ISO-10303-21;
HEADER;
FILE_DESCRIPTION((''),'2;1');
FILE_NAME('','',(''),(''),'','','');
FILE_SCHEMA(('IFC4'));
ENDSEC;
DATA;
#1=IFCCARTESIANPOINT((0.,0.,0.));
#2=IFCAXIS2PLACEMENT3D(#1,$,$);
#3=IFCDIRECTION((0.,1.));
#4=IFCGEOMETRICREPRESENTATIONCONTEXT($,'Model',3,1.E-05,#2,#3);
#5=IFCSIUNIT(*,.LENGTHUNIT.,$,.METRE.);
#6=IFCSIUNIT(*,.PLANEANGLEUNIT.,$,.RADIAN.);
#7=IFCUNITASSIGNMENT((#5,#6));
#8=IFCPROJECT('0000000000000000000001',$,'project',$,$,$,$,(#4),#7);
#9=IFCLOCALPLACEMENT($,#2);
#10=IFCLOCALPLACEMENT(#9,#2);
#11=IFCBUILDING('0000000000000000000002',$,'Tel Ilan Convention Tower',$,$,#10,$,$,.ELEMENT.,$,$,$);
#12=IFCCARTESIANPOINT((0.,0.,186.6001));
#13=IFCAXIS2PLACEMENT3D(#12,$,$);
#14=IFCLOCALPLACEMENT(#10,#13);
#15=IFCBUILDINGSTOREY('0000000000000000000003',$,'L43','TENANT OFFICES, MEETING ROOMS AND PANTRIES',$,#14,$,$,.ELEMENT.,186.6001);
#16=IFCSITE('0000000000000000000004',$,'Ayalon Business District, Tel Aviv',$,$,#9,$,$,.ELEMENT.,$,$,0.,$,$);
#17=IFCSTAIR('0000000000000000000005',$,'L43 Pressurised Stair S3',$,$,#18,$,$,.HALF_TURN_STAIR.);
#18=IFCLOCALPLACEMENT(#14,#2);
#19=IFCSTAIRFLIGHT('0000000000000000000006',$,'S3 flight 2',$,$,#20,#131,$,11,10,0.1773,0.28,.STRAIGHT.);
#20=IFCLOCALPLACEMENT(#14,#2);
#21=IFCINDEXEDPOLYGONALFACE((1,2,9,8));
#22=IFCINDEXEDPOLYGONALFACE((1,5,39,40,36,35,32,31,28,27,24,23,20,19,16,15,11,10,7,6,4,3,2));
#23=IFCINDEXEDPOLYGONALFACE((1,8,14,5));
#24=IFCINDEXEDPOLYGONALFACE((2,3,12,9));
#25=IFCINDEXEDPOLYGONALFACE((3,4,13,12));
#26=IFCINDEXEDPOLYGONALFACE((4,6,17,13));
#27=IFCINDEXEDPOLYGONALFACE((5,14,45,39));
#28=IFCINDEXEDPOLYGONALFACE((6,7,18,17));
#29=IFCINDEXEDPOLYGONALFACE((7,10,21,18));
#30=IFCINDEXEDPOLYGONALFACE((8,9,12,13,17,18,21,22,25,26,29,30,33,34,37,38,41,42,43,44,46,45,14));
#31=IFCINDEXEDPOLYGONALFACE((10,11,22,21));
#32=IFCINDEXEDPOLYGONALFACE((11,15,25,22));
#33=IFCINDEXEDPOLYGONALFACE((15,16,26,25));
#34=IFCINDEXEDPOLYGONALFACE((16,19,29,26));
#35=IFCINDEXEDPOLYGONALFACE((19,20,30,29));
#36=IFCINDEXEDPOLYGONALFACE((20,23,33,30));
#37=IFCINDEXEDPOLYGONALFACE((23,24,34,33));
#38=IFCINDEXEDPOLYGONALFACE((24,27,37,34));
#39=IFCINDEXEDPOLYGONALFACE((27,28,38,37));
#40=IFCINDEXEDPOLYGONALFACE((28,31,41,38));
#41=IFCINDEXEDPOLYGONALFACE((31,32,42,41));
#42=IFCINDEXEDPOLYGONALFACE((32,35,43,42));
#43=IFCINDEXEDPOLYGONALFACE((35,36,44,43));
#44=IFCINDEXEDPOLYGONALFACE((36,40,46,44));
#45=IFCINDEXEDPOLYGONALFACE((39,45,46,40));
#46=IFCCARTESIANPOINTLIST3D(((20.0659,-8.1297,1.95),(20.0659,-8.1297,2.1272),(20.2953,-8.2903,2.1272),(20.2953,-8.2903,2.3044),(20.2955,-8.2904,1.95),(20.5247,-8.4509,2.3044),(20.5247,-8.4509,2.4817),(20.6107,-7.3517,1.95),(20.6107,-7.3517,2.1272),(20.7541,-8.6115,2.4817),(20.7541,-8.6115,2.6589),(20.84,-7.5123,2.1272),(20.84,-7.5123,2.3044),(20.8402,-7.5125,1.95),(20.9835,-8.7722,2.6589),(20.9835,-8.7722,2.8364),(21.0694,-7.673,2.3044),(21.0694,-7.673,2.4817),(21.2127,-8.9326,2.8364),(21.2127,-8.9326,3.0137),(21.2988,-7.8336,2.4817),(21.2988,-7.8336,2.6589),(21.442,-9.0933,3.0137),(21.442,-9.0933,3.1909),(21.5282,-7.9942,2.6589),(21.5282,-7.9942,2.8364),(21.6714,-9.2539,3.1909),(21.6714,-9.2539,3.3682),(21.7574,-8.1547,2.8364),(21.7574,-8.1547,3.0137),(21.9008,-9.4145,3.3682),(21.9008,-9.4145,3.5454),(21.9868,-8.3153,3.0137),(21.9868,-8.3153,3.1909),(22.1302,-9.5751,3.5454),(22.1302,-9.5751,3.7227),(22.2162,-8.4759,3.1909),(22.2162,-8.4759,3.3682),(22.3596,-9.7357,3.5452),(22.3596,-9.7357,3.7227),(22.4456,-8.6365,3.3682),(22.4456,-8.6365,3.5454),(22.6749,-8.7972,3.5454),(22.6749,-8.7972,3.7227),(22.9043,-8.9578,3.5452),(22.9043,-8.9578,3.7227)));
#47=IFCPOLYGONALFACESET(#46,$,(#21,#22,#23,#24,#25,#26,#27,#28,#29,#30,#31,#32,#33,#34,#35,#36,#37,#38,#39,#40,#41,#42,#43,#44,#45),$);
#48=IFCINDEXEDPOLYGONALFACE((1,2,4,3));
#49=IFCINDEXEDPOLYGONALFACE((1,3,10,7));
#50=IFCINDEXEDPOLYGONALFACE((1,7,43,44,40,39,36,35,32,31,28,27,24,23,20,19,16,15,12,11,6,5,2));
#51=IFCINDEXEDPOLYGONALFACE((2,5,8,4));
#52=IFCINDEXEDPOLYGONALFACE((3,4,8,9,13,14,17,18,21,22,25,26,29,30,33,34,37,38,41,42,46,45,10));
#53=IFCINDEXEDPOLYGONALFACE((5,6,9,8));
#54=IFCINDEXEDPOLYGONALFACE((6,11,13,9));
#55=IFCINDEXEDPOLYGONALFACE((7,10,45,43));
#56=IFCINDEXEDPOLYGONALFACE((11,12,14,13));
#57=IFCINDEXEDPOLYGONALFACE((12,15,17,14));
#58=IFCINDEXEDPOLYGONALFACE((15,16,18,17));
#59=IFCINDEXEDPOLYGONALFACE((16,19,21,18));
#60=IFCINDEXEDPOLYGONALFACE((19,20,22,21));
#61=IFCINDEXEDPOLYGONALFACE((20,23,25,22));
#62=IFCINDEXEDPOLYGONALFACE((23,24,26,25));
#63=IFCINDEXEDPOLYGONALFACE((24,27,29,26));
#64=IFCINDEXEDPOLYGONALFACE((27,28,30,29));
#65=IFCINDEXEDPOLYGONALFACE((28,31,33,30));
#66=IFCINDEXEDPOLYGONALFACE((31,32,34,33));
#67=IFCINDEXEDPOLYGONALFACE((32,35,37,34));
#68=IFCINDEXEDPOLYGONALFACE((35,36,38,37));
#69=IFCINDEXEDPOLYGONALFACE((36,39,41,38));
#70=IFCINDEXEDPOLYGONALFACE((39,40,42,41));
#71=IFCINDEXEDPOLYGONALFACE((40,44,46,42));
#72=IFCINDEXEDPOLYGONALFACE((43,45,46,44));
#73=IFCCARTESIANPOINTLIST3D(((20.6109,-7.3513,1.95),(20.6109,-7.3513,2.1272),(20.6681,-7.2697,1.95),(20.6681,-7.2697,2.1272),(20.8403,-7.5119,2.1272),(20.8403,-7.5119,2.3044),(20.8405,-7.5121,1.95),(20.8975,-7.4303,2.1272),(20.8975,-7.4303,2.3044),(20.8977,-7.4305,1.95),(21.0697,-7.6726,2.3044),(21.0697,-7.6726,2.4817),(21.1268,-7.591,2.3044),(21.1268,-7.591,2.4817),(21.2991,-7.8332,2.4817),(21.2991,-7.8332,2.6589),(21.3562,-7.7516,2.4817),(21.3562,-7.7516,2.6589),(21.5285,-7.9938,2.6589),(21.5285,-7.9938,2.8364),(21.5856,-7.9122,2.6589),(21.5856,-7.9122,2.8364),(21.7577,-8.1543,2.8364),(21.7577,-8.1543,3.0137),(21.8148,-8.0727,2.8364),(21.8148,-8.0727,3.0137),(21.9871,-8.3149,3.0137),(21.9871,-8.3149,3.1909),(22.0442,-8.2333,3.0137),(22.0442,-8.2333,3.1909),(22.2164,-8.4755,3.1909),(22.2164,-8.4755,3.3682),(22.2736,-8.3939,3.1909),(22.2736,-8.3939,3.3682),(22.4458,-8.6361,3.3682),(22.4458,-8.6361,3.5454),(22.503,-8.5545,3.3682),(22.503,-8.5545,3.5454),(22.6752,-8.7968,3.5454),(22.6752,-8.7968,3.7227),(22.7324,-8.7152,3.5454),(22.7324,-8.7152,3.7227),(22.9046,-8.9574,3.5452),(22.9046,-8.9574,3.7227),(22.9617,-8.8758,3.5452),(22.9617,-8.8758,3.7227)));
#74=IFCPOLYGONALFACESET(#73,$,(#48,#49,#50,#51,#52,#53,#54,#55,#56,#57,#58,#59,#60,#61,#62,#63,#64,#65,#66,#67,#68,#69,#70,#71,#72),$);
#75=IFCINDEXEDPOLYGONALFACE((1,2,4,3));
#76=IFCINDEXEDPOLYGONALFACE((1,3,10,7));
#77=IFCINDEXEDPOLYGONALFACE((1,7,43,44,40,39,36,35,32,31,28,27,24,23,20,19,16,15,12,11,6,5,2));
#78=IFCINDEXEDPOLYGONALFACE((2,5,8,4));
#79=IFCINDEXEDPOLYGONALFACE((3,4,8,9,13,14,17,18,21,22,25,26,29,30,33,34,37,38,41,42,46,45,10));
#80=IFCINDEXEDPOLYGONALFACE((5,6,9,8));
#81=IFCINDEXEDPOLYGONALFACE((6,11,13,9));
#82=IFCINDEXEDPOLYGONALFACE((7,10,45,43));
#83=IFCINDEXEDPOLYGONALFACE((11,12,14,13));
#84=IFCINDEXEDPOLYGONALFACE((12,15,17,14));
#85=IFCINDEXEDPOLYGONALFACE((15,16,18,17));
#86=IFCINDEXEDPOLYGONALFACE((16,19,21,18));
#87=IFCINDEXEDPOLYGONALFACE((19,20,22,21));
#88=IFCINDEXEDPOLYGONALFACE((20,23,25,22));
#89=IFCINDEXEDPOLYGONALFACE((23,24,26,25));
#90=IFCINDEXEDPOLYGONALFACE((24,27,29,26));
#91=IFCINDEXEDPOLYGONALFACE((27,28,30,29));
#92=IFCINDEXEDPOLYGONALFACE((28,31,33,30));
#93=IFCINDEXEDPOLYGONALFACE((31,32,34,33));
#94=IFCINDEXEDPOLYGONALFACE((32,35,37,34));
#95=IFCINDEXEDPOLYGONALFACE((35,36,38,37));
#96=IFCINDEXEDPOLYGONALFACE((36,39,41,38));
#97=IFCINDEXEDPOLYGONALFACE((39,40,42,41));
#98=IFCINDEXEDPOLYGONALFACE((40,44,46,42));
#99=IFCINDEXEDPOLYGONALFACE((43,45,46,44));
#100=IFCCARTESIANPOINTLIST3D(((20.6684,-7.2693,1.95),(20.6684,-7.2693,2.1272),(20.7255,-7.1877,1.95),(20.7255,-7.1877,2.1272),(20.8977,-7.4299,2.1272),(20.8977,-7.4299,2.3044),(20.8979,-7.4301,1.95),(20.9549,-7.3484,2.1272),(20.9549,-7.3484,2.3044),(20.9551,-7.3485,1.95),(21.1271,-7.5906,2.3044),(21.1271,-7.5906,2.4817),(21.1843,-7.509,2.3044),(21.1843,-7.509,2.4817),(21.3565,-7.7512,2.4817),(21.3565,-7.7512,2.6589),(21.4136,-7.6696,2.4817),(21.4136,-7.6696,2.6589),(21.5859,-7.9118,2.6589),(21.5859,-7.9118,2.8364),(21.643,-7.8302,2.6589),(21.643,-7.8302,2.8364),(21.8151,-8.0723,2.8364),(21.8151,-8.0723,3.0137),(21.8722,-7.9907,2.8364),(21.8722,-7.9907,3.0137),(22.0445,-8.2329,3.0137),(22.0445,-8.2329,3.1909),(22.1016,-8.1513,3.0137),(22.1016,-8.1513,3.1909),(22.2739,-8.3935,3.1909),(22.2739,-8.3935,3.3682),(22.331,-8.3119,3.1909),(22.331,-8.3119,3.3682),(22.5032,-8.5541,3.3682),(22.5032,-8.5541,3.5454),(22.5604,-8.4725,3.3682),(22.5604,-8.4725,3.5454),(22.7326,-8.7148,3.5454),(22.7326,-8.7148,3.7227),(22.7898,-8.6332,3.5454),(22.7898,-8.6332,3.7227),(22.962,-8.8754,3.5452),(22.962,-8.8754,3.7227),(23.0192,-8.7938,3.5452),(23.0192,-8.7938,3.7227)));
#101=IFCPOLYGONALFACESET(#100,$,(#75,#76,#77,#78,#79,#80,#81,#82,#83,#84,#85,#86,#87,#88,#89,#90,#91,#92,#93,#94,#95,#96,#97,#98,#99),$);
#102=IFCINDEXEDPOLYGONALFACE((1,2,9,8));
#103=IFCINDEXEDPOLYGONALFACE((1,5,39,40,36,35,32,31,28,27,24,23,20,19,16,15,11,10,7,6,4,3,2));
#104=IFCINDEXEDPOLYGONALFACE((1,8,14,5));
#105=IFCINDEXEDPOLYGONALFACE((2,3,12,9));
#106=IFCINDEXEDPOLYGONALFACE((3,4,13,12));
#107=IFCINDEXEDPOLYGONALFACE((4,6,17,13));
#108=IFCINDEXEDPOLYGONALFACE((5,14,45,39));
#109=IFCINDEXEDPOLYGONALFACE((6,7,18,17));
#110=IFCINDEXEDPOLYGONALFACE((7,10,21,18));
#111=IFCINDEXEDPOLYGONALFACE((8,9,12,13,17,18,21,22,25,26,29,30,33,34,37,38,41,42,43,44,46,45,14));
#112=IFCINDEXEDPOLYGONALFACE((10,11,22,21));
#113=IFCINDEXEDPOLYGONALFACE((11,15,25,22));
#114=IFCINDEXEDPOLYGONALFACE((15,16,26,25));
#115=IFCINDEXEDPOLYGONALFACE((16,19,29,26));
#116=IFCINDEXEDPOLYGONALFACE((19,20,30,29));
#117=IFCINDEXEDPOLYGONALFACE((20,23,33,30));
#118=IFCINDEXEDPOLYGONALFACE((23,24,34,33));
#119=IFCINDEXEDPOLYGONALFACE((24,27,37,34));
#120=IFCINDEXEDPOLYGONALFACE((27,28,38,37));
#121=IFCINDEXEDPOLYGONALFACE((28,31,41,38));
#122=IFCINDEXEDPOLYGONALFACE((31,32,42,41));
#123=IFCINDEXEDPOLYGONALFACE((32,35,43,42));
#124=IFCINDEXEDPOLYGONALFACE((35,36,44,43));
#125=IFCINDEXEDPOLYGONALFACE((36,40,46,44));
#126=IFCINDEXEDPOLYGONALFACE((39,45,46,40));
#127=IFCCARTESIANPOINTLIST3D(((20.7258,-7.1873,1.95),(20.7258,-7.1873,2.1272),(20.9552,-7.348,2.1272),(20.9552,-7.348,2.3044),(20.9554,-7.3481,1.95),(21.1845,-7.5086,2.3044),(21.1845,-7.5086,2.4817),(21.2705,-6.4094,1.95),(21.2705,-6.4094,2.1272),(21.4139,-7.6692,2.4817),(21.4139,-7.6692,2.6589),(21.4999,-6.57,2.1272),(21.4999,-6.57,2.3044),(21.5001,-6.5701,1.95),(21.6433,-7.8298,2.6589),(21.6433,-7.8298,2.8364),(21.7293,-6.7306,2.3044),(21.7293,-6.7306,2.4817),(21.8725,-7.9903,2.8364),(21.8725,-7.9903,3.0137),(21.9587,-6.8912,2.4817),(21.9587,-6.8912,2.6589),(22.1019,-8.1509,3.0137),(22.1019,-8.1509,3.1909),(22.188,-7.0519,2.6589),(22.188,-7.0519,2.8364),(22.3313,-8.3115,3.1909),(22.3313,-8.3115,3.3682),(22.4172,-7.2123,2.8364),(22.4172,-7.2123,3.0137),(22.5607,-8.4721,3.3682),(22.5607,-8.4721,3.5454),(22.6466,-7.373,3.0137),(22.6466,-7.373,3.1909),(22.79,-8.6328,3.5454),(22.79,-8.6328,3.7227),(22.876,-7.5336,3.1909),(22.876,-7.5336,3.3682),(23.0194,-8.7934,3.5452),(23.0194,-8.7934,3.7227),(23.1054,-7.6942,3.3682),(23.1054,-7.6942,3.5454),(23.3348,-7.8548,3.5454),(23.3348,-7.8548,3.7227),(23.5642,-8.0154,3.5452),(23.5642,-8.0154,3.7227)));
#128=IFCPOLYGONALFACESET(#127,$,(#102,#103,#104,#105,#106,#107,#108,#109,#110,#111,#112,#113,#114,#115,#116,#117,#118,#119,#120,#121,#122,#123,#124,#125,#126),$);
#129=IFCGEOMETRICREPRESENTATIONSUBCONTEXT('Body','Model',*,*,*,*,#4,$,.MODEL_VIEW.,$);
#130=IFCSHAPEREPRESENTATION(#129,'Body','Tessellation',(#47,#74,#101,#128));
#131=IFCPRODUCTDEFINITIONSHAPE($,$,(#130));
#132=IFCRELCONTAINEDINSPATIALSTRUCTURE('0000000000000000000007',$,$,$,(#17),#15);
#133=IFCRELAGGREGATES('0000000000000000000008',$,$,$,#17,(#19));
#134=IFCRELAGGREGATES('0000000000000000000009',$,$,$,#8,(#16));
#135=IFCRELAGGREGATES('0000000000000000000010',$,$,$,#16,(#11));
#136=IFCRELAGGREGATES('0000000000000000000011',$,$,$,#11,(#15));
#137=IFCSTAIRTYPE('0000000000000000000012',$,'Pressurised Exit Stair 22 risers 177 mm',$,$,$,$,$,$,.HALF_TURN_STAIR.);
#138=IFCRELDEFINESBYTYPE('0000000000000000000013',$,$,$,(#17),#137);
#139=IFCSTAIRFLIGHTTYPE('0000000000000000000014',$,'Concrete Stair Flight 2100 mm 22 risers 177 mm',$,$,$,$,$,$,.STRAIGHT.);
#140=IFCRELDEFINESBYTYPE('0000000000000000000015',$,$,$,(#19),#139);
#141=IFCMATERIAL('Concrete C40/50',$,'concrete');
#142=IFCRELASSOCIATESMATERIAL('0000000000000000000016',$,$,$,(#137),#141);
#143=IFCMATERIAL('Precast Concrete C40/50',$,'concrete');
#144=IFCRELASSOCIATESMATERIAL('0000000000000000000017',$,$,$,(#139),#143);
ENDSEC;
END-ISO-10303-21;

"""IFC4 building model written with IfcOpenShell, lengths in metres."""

from ifc_helpers import new_model, si_unit, direction, frame, origin, place, context, subcontext, project, spatial, polyline, outline, extrude, material, type_object, element, aggregate, save


model = new_model("IFC4")

# Units and contexts
model_context = context("Model", 3, precision=1e-05, world=origin(), true_north=direction((0.0, 1.0)))
body_context = subcontext(model_context, "Body", "Model", "MODEL_VIEW")
ifc_project = project(units=[si_unit("LENGTHUNIT", "METRE"), si_unit("PLANEANGLEUNIT", "RADIAN")], contexts=[model_context])

# Site, building, storey
site_placement = place(None, origin())
site = spatial("IfcSite", under=ifc_project, at=site_placement, Name="Ayalon Business District, Tel Aviv", CompositionType="ELEMENT", RefElevation=0.0)
building_placement = place(site_placement, origin())
building = spatial("IfcBuilding", under=site, at=building_placement, Name="Tel Ilan Convention Tower", CompositionType="ELEMENT")
storey_placement = place(building_placement, frame((0.0, 0.0, 186.6001)))
storey = spatial("IfcBuildingStorey", under=building, at=storey_placement, Name="L43", Description="TENANT OFFICES, MEETING ROOMS AND PANTRIES", CompositionType="ELEMENT", Elevation=186.6001)

# Stair, stair flight
ifc_material_1 = material(Name="Concrete C40/50", Category="concrete")
stair_type = type_object("IfcStairType", Name="Pressurised Exit Stair 22 risers 177 mm", PredefinedType="HALF_TURN_STAIR", material=ifc_material_1)
stair_1_placement = place(storey_placement, origin())
stair_1 = element("IfcStair", 1, at=stair_1_placement, inside=storey, type_object=stair_type, Name="L43 Pressurised Stair S3", PredefinedType="HALF_TURN_STAIR")
ifc_material_2 = material(Name="Precast Concrete C40/50", Category="concrete")
stair_flight_type = type_object("IfcStairFlightType", Name="Concrete Stair Flight 2100 mm 22 risers 177 mm", PredefinedType="STRAIGHT", material=ifc_material_2)
stair_flight_1_placement = place(storey_placement, frame((20.6682, -7.2695, 1.95), z_axis=(0.0, 0.0, 1.0), x_axis=(0.819152, -0.573576, 0.0)))
stair_flight_1 = element("IfcStairFlight", 2, at=stair_flight_1_placement, type_object=stair_flight_type, Name="S3 flight 2", NumberOfRisers=11, NumberOfTreads=10, PredefinedType="STRAIGHT", RiserHeight=0.1773, TreadLength=0.28, context=body_context, shape_type="SweptSolid", body=[
    extrude(outline(polyline([(0.0, 0.0), (0.0, 0.1772), (0.28, 0.1772), (0.28, 0.3545), (0.5601, 0.3545), (0.5601, 0.5317), (0.8401, 0.5317), (0.8401, 0.709), (1.1201, 0.709), (1.1201, 0.8865), (1.3999, 0.8865), (1.3999, 1.0637), (1.6799, 1.0637), (1.6799, 1.241), (1.96, 1.241), (1.96, 1.4182), (2.24, 1.4182), (2.24, 1.5955), (2.52, 1.5955), (2.52, 1.7727), (2.8, 1.7727), (2.8, 1.95), (2.8, 1.5952), (0.2803, 0.0), (0.0, 0.0)])), frame((0.0, -0.1003, 0.0), z_axis=(0.0, -1.0, 0.0), x_axis=(1.0, 0.0, 0.0)), (0.0, 0.0, 1.0), 0.9497),
    extrude(outline(polyline([(0.0, 0.0), (0.0, 0.1772), (0.28, 0.1772), (0.28, 0.3545), (0.5601, 0.3545), (0.5601, 0.5317), (0.8401, 0.5317), (0.8401, 0.709), (1.1201, 0.709), (1.1201, 0.8865), (1.3999, 0.8865), (1.3999, 1.0637), (1.6799, 1.0637), (1.6799, 1.241), (1.96, 1.241), (1.96, 1.4182), (2.24, 1.4182), (2.24, 1.5955), (2.52, 1.5955), (2.52, 1.7727), (2.8, 1.7727), (2.8, 1.95), (2.8, 1.5952), (0.2803, 0.0), (0.0, 0.0)])), frame((0.0, -0.0002, 0.0), z_axis=(0.0, -1.0, 0.0), x_axis=(1.0, 0.0, 0.0)), (0.0, 0.0, 1.0), 0.0996),
    extrude(outline(polyline([(0.0, 0.0), (0.0, 0.1772), (0.28, 0.1772), (0.28, 0.3545), (0.5601, 0.3545), (0.5601, 0.5317), (0.8401, 0.5317), (0.8401, 0.709), (1.1201, 0.709), (1.1201, 0.8865), (1.3999, 0.8865), (1.3999, 1.0637), (1.6799, 1.0637), (1.6799, 1.241), (1.96, 1.241), (1.96, 1.4182), (2.24, 1.4182), (2.24, 1.5955), (2.52, 1.5955), (2.52, 1.7727), (2.8, 1.7727), (2.8, 1.95), (2.8, 1.5952), (0.2803, 0.0), (0.0, 0.0)])), frame((0.0, 0.0999, 0.0), z_axis=(0.0, -1.0, 0.0), x_axis=(1.0, 0.0, 0.0)), (0.0, 0.0, 1.0), 0.0996),
    extrude(outline(polyline([(0.0, 0.0), (0.0, 0.1772), (0.28, 0.1772), (0.28, 0.3545), (0.5601, 0.3545), (0.5601, 0.5317), (0.8401, 0.5317), (0.8401, 0.709), (1.1201, 0.709), (1.1201, 0.8865), (1.3999, 0.8865), (1.3999, 1.0637), (1.6799, 1.0637), (1.6799, 1.241), (1.96, 1.241), (1.96, 1.4182), (2.24, 1.4182), (2.24, 1.5955), (2.52, 1.5955), (2.52, 1.7727), (2.8, 1.7727), (2.8, 1.95), (2.8, 1.5952), (0.2803, 0.0), (0.0, 0.0)])), frame((0.0, 1.05, 0.0), z_axis=(0.0, -1.0, 0.0), x_axis=(1.0, 0.0, 0.0)), (0.0, 0.0, 1.0), 0.9497),
])
aggregate(stair_1, [stair_flight_1])

save(model, "model.ifc")
